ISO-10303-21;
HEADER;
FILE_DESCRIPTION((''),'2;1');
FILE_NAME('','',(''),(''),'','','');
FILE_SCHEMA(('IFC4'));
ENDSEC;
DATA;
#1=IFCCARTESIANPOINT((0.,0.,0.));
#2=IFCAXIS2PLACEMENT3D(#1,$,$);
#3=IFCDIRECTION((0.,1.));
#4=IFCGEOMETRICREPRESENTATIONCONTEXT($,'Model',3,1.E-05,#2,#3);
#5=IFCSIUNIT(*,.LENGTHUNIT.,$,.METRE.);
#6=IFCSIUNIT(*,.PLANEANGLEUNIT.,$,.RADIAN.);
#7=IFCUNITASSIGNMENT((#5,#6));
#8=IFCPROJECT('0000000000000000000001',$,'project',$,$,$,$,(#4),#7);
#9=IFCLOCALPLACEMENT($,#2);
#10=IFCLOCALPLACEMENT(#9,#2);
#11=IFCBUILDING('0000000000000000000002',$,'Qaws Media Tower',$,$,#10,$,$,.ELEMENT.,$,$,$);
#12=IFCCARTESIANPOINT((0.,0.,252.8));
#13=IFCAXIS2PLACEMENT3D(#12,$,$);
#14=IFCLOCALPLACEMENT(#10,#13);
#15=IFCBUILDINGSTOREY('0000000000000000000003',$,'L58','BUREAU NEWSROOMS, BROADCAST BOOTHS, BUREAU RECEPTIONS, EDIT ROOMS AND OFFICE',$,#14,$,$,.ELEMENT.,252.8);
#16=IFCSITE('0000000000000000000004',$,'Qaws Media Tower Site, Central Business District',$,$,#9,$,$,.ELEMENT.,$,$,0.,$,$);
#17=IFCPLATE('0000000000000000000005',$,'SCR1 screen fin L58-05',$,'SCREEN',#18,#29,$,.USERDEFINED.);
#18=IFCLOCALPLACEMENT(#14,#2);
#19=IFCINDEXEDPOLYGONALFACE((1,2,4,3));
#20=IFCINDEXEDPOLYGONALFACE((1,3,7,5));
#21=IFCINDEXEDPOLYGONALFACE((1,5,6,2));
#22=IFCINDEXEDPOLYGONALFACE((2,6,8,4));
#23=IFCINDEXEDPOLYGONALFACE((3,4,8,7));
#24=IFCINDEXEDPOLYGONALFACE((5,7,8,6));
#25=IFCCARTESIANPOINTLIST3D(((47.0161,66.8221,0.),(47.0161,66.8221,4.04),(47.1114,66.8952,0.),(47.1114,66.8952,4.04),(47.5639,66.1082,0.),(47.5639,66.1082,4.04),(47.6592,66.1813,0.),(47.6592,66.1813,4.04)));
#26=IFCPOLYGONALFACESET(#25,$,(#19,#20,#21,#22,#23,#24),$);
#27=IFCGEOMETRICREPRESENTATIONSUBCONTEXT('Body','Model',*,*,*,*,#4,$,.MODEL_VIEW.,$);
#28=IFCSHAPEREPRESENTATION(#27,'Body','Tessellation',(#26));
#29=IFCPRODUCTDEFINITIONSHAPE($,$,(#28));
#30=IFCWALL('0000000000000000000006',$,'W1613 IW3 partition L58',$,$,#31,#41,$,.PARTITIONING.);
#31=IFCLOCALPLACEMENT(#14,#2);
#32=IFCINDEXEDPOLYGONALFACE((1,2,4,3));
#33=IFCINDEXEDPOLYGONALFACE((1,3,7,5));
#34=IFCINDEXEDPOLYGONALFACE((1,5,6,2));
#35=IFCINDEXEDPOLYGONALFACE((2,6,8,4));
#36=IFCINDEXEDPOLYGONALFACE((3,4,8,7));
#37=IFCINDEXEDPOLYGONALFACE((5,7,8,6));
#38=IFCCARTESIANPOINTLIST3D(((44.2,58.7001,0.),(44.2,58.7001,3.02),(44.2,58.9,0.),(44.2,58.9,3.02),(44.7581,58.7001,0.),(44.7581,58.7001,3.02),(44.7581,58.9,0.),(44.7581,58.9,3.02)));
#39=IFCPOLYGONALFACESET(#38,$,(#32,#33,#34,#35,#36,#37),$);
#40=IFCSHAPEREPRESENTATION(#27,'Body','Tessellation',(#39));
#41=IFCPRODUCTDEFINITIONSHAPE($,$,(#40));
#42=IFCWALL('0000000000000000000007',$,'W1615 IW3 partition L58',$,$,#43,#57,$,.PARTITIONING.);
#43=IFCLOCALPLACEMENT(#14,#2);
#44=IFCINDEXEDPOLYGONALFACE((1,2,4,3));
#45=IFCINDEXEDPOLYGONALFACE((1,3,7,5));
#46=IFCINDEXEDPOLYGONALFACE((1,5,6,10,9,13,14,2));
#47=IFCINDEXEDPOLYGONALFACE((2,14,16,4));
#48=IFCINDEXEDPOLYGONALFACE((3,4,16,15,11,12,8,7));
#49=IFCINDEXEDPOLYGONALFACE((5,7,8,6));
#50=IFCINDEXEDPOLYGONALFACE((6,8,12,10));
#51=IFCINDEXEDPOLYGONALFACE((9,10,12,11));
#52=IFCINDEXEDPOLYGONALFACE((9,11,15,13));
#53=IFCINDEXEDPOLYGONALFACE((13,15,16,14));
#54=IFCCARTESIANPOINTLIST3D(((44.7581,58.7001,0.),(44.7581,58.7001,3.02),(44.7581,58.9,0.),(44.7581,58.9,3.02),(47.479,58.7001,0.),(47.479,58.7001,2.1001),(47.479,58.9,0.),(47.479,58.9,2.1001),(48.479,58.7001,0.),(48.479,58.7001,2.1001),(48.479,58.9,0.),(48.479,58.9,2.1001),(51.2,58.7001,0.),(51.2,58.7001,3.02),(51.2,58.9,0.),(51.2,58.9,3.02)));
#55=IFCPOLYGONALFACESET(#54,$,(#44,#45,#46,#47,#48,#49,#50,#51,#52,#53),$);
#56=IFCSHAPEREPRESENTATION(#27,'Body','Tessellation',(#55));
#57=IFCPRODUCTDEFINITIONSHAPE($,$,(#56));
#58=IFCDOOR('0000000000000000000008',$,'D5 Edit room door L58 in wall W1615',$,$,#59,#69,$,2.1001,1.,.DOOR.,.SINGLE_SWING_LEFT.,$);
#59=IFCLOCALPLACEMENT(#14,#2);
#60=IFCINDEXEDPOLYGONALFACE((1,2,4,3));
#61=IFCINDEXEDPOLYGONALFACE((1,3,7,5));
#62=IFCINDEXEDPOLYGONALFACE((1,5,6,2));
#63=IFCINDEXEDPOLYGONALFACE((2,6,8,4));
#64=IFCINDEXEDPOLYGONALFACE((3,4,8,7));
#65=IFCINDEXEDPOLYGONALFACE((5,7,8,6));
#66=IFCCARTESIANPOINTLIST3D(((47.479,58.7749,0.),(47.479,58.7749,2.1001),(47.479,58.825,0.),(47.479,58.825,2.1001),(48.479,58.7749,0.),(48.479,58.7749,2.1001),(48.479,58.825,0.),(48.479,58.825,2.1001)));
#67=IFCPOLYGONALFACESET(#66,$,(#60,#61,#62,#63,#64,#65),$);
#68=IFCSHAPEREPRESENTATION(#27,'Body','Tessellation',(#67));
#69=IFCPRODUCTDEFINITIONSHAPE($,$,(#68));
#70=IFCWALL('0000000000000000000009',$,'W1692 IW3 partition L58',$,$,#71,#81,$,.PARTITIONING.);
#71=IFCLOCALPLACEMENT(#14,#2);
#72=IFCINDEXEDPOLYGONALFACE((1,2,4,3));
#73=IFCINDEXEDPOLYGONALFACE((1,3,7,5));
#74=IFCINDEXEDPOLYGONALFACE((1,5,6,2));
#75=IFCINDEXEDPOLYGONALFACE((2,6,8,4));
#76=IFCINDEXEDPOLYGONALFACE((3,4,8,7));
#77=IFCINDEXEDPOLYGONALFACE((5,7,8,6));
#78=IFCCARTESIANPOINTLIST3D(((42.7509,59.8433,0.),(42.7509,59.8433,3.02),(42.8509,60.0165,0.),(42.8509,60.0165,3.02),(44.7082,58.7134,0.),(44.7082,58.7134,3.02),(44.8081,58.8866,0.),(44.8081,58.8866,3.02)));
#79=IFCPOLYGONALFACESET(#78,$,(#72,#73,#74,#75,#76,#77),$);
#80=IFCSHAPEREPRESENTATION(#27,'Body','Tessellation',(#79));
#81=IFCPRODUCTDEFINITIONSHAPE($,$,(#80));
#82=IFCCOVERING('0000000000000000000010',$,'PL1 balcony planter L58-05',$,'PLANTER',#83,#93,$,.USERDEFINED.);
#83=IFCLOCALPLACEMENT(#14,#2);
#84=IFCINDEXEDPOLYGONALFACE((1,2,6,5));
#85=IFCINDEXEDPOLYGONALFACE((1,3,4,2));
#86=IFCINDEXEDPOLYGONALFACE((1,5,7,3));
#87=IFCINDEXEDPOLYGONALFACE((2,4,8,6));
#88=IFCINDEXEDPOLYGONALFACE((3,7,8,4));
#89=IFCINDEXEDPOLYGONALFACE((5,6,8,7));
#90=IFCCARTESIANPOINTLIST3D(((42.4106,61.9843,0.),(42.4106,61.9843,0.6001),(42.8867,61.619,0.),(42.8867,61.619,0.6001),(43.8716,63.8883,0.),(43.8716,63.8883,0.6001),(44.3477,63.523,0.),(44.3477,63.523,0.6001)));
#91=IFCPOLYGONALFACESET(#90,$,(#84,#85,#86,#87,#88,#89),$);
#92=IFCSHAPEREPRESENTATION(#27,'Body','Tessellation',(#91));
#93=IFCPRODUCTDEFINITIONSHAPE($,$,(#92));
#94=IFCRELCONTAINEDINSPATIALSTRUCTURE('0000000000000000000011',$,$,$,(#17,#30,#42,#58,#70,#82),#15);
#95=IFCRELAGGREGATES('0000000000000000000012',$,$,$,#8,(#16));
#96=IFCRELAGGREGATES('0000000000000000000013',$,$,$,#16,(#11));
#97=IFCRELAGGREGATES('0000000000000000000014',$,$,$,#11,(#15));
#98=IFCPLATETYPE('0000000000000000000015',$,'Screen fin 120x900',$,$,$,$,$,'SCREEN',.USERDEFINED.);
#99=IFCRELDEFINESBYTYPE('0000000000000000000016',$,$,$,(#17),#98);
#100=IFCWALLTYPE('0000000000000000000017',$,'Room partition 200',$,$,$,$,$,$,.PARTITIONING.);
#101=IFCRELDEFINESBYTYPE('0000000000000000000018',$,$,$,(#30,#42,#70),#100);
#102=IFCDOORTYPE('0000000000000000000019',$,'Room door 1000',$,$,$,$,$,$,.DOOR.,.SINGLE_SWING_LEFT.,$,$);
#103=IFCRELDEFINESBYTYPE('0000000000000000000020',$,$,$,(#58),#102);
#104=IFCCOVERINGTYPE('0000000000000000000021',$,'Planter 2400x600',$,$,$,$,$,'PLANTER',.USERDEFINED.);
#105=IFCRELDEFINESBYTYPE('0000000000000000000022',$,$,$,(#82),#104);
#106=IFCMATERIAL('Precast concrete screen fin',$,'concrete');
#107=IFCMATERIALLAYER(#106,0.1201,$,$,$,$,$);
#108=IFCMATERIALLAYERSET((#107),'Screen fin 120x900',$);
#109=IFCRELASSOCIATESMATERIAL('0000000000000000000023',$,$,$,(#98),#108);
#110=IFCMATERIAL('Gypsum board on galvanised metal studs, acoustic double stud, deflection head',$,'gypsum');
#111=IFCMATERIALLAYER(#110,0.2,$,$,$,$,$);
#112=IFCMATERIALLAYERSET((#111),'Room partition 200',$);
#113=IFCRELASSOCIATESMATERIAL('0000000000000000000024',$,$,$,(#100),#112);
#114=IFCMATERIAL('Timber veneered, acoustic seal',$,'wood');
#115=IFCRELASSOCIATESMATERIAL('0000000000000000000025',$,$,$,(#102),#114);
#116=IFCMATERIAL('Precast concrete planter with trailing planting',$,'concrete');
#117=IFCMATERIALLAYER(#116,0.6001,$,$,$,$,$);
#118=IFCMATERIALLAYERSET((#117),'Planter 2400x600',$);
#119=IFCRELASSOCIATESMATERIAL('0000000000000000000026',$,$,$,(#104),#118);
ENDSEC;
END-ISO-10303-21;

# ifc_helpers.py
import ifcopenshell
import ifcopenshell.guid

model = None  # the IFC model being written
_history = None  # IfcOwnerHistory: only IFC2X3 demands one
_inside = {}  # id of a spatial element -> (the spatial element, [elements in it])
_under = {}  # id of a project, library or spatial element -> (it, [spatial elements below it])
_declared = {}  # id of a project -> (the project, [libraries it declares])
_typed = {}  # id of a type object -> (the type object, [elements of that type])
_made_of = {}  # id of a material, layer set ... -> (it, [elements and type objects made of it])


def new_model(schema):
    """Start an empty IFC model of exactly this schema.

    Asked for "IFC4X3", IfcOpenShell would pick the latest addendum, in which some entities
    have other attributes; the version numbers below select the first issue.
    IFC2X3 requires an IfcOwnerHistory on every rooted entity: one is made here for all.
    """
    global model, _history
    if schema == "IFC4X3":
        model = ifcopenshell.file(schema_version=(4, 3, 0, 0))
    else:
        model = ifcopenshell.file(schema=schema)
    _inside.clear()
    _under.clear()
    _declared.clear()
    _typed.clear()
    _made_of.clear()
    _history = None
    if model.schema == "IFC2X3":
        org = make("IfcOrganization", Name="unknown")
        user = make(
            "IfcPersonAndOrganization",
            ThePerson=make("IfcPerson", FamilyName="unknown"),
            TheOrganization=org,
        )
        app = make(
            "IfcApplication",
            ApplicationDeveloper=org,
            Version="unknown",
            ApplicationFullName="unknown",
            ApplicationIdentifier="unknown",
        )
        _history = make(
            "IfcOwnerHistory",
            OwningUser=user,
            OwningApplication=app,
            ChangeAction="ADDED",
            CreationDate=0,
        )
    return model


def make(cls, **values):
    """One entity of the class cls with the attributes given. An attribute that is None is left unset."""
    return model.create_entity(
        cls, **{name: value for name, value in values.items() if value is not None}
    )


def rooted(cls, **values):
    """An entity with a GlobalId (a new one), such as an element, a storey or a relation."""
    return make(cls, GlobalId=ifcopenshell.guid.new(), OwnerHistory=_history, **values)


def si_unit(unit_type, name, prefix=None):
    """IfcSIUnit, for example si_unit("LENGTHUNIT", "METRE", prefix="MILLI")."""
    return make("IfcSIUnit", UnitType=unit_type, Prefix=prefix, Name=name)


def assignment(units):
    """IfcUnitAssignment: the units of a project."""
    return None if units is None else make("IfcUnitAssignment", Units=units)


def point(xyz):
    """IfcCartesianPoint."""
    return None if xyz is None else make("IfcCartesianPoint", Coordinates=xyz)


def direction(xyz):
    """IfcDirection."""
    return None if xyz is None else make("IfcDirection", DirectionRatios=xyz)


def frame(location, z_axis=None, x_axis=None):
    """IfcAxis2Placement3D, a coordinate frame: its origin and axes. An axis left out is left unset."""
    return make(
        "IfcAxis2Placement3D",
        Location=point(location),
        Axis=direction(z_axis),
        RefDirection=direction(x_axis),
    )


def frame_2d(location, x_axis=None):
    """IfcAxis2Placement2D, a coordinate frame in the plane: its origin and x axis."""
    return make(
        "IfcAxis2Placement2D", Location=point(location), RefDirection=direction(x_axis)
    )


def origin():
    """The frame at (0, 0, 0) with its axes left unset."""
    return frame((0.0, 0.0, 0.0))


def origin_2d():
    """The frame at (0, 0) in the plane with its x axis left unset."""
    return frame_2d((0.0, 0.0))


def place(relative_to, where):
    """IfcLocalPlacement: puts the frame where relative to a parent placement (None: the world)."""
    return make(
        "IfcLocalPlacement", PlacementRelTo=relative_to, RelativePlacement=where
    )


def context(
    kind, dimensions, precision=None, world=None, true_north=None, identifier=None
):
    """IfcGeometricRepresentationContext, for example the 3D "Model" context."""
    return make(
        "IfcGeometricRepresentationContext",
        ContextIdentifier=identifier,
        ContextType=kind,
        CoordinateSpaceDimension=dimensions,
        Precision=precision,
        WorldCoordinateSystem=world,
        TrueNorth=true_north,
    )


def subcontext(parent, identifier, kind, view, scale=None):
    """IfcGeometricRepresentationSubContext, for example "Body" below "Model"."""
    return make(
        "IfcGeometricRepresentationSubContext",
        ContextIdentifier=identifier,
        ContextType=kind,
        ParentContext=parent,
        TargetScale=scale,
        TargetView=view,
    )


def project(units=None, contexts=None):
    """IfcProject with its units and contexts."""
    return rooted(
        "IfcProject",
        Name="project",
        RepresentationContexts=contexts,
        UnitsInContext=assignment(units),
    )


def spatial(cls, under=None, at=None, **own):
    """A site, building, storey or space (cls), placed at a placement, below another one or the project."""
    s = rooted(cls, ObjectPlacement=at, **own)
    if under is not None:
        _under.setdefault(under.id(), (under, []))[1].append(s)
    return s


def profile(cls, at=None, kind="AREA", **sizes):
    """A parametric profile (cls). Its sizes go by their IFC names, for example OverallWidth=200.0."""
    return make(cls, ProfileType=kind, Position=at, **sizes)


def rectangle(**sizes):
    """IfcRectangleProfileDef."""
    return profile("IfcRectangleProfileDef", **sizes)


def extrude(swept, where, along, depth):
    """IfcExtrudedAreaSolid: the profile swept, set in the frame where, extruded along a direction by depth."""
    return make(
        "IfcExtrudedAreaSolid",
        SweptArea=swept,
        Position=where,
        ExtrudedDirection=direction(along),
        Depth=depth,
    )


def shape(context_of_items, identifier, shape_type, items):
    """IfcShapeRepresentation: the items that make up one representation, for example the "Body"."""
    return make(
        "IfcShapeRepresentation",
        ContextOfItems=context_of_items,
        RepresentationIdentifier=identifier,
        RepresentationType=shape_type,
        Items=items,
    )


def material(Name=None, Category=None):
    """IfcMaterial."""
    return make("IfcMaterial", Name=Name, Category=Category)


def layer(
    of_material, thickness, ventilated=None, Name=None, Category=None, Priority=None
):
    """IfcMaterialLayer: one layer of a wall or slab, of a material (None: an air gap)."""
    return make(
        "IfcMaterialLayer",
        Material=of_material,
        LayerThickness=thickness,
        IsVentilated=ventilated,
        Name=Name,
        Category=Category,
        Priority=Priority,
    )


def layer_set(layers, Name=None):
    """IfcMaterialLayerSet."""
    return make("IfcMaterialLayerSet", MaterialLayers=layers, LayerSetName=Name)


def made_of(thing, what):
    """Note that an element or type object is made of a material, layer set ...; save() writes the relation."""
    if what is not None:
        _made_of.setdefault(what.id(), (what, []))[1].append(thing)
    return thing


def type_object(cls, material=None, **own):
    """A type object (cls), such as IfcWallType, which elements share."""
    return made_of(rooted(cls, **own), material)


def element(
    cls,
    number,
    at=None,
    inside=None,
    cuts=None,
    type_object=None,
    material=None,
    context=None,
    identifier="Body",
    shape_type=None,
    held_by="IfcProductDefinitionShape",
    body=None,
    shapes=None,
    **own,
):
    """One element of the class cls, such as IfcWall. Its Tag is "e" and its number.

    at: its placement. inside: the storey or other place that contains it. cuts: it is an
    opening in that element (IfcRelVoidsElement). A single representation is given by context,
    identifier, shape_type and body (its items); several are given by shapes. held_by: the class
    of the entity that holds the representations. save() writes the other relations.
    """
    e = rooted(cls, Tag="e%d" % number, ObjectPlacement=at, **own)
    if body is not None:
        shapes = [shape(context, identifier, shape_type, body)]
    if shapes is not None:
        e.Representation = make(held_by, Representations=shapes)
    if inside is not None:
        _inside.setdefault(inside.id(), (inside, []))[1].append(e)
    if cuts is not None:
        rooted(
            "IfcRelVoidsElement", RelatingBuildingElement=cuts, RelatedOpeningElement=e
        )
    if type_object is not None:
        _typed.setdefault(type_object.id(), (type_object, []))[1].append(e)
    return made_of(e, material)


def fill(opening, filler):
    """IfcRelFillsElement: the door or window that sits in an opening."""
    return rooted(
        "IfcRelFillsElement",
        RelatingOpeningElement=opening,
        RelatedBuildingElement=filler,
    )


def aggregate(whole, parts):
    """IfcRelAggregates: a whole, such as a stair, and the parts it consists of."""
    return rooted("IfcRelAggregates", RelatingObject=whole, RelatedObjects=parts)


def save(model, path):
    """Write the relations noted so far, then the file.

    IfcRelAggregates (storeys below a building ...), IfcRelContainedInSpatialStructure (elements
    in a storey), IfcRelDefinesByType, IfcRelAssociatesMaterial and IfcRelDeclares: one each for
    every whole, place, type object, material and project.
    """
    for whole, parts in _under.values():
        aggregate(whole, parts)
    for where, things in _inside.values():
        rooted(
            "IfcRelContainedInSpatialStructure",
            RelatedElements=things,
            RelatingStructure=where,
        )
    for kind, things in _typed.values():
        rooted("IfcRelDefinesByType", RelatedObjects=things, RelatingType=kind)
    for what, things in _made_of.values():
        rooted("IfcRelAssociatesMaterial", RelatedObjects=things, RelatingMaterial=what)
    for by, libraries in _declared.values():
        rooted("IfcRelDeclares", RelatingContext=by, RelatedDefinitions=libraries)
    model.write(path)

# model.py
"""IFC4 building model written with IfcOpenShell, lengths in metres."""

from ifc_helpers import new_model, si_unit, direction, frame, frame_2d, origin, origin_2d, place, context, subcontext, project, spatial, rectangle, extrude, material, layer, layer_set, type_object, element, fill, save


model = new_model("IFC4")

# Units and contexts
model_context = context("Model", 3, precision=1e-05, world=origin(), true_north=direction((0.0, 1.0)))
body_context = subcontext(model_context, "Body", "Model", "MODEL_VIEW")
ifc_project = project(units=[si_unit("LENGTHUNIT", "METRE"), si_unit("PLANEANGLEUNIT", "RADIAN")], contexts=[model_context])

# Site, building, storey
site_placement = place(None, origin())
site = spatial("IfcSite", under=ifc_project, at=site_placement, Name="Qaws Media Tower Site, Central Business District", CompositionType="ELEMENT", RefElevation=0.0)
building_placement = place(site_placement, origin())
building = spatial("IfcBuilding", under=site, at=building_placement, Name="Qaws Media Tower", CompositionType="ELEMENT")
storey_placement = place(building_placement, frame((0.0, 0.0, 252.8)))
storey = spatial("IfcBuildingStorey", under=building, at=storey_placement, Name="L58", Description="BUREAU NEWSROOMS, BROADCAST BOOTHS, BUREAU RECEPTIONS, EDIT ROOMS AND OFFICE", CompositionType="ELEMENT", Elevation=252.8)

# Plate
ifc_material_1 = material(Name="Precast concrete screen fin", Category="concrete")
ifc_layer_1 = layer(ifc_material_1, 0.1201)
ifc_layer_set_1 = layer_set([ifc_layer_1], Name="Screen fin 120x900")
plate_type_1 = type_object("IfcPlateType", Name="Screen fin 120x900", ElementType="SCREEN", PredefinedType="USERDEFINED", material=ifc_layer_set_1)
plate_1_placement = place(storey_placement, frame((47.3376, 66.5017, 0.0), z_axis=(0.0, 0.0, 1.0), x_axis=(-0.608761, 0.793353, 0.0)))
element("IfcPlate", 1, at=plate_1_placement, inside=storey, type_object=plate_type_1, Name="SCR1 screen fin L58-05", ObjectType="SCREEN", PredefinedType="USERDEFINED", context=body_context, shape_type="SweptSolid", body=[
    extrude(rectangle(XDim=0.8999, YDim=0.1201, at=origin_2d()), origin(), (0.0, 0.0, 1.0), 4.04),
])

# Wall
ifc_material_2 = material(Name="Gypsum board on galvanised metal studs, acoustic double stud, deflection head", Category="gypsum")
ifc_layer_2 = layer(ifc_material_2, 0.2)
ifc_layer_set_2 = layer_set([ifc_layer_2], Name="Room partition 200")
wall_type = type_object("IfcWallType", Name="Room partition 200", PredefinedType="PARTITIONING", material=ifc_layer_set_2)
wall_1_placement = place(storey_placement, frame((44.2, 58.8, 0.0), z_axis=(0.0, 0.0, 1.0), x_axis=(1.0, 0.0, 0.0)))
element("IfcWall", 2, at=wall_1_placement, inside=storey, type_object=wall_type, Name="W1613 IW3 partition L58", PredefinedType="PARTITIONING", context=body_context, shape_type="SweptSolid", body=[
    extrude(rectangle(XDim=0.5581, YDim=0.2, at=frame_2d((0.2791, 0.0))), origin(), (0.0, 0.0, 1.0), 3.02),
])

# Wall, opening, door
wall_2_placement = place(storey_placement, frame((44.7581, 58.8, 0.0), z_axis=(0.0, 0.0, 1.0), x_axis=(1.0, 0.0, 0.0)))
wall_2 = element("IfcWall", 3, at=wall_2_placement, inside=storey, type_object=wall_type, Name="W1615 IW3 partition L58", PredefinedType="PARTITIONING", context=body_context, shape_type="SweptSolid", body=[
    extrude(rectangle(XDim=6.4419, YDim=0.2, at=frame_2d((3.2209, 0.0))), origin(), (0.0, 0.0, 1.0), 3.02),
])
opening_placement = place(wall_2_placement, frame((2.7209, 0.0, 0.0)))
opening = element("IfcOpeningElement", 4, at=opening_placement, cuts=wall_2, PredefinedType="OPENING", context=body_context, shape_type="SweptSolid", body=[
    extrude(rectangle(XDim=1.0, YDim=2.1001, at=frame_2d((0.5, 1.05))), frame((0.0, 0.1099, 0.0), z_axis=(0.0, -1.0, 0.0), x_axis=(1.0, 0.0, 0.0)), (0.0, 0.0, 1.0), 0.22),
])
ifc_material_3 = material(Name="Timber veneered, acoustic seal", Category="wood")
door_type = type_object("IfcDoorType", Name="Room door 1000", OperationType="SINGLE_SWING_LEFT", PredefinedType="DOOR", material=ifc_material_3)
door_placement = place(opening_placement, origin())
door = element("IfcDoor", 5, at=door_placement, inside=storey, type_object=door_type, Name="D5 Edit room door L58 in wall W1615", OperationType="SINGLE_SWING_LEFT", OverallHeight=2.1001, OverallWidth=1.0, PredefinedType="DOOR", context=body_context, shape_type="SweptSolid", body=[
    extrude(rectangle(XDim=1.0, YDim=2.1001, at=frame_2d((0.5, 1.05))), frame((0.0, 0.0249, 0.0), z_axis=(0.0, -1.0, 0.0), x_axis=(1.0, 0.0, 0.0)), (0.0, 0.0, 1.0), 0.05),
])
fill(opening, door)

# Wall
wall_3_placement = place(storey_placement, frame((44.7581, 58.8, 0.0), z_axis=(0.0, 0.0, 1.0), x_axis=(-0.866054, 0.49995, 0.0)))
element("IfcWall", 6, at=wall_3_placement, inside=storey, type_object=wall_type, Name="W1692 IW3 partition L58", PredefinedType="PARTITIONING", context=body_context, shape_type="SweptSolid", body=[
    extrude(rectangle(XDim=2.26, YDim=0.2, at=frame_2d((1.1299, 0.0))), origin(), (0.0, 0.0, 1.0), 3.02),
])

# Covering
ifc_material_4 = material(Name="Precast concrete planter with trailing planting", Category="concrete")
ifc_layer_3 = layer(ifc_material_4, 0.6001)
ifc_layer_set_3 = layer_set([ifc_layer_3], Name="Planter 2400x600")
covering_type = type_object("IfcCoveringType", Name="Planter 2400x600", ElementType="PLANTER", PredefinedType="USERDEFINED", material=ifc_layer_set_3)
covering_placement = place(storey_placement, frame((43.3792, 62.7537, 0.0), z_axis=(0.0, 0.0, 1.0), x_axis=(-0.608761, -0.793353, 0.0)))
element("IfcCovering", 7, at=covering_placement, inside=storey, type_object=covering_type, Name="PL1 balcony planter L58-05", ObjectType="PLANTER", PredefinedType="USERDEFINED", context=body_context, shape_type="SweptSolid", body=[
    extrude(rectangle(XDim=2.3999, YDim=0.6001, at=origin_2d()), origin(), (0.0, 0.0, 1.0), 0.6001),
])

save(model, "model.ifc")
